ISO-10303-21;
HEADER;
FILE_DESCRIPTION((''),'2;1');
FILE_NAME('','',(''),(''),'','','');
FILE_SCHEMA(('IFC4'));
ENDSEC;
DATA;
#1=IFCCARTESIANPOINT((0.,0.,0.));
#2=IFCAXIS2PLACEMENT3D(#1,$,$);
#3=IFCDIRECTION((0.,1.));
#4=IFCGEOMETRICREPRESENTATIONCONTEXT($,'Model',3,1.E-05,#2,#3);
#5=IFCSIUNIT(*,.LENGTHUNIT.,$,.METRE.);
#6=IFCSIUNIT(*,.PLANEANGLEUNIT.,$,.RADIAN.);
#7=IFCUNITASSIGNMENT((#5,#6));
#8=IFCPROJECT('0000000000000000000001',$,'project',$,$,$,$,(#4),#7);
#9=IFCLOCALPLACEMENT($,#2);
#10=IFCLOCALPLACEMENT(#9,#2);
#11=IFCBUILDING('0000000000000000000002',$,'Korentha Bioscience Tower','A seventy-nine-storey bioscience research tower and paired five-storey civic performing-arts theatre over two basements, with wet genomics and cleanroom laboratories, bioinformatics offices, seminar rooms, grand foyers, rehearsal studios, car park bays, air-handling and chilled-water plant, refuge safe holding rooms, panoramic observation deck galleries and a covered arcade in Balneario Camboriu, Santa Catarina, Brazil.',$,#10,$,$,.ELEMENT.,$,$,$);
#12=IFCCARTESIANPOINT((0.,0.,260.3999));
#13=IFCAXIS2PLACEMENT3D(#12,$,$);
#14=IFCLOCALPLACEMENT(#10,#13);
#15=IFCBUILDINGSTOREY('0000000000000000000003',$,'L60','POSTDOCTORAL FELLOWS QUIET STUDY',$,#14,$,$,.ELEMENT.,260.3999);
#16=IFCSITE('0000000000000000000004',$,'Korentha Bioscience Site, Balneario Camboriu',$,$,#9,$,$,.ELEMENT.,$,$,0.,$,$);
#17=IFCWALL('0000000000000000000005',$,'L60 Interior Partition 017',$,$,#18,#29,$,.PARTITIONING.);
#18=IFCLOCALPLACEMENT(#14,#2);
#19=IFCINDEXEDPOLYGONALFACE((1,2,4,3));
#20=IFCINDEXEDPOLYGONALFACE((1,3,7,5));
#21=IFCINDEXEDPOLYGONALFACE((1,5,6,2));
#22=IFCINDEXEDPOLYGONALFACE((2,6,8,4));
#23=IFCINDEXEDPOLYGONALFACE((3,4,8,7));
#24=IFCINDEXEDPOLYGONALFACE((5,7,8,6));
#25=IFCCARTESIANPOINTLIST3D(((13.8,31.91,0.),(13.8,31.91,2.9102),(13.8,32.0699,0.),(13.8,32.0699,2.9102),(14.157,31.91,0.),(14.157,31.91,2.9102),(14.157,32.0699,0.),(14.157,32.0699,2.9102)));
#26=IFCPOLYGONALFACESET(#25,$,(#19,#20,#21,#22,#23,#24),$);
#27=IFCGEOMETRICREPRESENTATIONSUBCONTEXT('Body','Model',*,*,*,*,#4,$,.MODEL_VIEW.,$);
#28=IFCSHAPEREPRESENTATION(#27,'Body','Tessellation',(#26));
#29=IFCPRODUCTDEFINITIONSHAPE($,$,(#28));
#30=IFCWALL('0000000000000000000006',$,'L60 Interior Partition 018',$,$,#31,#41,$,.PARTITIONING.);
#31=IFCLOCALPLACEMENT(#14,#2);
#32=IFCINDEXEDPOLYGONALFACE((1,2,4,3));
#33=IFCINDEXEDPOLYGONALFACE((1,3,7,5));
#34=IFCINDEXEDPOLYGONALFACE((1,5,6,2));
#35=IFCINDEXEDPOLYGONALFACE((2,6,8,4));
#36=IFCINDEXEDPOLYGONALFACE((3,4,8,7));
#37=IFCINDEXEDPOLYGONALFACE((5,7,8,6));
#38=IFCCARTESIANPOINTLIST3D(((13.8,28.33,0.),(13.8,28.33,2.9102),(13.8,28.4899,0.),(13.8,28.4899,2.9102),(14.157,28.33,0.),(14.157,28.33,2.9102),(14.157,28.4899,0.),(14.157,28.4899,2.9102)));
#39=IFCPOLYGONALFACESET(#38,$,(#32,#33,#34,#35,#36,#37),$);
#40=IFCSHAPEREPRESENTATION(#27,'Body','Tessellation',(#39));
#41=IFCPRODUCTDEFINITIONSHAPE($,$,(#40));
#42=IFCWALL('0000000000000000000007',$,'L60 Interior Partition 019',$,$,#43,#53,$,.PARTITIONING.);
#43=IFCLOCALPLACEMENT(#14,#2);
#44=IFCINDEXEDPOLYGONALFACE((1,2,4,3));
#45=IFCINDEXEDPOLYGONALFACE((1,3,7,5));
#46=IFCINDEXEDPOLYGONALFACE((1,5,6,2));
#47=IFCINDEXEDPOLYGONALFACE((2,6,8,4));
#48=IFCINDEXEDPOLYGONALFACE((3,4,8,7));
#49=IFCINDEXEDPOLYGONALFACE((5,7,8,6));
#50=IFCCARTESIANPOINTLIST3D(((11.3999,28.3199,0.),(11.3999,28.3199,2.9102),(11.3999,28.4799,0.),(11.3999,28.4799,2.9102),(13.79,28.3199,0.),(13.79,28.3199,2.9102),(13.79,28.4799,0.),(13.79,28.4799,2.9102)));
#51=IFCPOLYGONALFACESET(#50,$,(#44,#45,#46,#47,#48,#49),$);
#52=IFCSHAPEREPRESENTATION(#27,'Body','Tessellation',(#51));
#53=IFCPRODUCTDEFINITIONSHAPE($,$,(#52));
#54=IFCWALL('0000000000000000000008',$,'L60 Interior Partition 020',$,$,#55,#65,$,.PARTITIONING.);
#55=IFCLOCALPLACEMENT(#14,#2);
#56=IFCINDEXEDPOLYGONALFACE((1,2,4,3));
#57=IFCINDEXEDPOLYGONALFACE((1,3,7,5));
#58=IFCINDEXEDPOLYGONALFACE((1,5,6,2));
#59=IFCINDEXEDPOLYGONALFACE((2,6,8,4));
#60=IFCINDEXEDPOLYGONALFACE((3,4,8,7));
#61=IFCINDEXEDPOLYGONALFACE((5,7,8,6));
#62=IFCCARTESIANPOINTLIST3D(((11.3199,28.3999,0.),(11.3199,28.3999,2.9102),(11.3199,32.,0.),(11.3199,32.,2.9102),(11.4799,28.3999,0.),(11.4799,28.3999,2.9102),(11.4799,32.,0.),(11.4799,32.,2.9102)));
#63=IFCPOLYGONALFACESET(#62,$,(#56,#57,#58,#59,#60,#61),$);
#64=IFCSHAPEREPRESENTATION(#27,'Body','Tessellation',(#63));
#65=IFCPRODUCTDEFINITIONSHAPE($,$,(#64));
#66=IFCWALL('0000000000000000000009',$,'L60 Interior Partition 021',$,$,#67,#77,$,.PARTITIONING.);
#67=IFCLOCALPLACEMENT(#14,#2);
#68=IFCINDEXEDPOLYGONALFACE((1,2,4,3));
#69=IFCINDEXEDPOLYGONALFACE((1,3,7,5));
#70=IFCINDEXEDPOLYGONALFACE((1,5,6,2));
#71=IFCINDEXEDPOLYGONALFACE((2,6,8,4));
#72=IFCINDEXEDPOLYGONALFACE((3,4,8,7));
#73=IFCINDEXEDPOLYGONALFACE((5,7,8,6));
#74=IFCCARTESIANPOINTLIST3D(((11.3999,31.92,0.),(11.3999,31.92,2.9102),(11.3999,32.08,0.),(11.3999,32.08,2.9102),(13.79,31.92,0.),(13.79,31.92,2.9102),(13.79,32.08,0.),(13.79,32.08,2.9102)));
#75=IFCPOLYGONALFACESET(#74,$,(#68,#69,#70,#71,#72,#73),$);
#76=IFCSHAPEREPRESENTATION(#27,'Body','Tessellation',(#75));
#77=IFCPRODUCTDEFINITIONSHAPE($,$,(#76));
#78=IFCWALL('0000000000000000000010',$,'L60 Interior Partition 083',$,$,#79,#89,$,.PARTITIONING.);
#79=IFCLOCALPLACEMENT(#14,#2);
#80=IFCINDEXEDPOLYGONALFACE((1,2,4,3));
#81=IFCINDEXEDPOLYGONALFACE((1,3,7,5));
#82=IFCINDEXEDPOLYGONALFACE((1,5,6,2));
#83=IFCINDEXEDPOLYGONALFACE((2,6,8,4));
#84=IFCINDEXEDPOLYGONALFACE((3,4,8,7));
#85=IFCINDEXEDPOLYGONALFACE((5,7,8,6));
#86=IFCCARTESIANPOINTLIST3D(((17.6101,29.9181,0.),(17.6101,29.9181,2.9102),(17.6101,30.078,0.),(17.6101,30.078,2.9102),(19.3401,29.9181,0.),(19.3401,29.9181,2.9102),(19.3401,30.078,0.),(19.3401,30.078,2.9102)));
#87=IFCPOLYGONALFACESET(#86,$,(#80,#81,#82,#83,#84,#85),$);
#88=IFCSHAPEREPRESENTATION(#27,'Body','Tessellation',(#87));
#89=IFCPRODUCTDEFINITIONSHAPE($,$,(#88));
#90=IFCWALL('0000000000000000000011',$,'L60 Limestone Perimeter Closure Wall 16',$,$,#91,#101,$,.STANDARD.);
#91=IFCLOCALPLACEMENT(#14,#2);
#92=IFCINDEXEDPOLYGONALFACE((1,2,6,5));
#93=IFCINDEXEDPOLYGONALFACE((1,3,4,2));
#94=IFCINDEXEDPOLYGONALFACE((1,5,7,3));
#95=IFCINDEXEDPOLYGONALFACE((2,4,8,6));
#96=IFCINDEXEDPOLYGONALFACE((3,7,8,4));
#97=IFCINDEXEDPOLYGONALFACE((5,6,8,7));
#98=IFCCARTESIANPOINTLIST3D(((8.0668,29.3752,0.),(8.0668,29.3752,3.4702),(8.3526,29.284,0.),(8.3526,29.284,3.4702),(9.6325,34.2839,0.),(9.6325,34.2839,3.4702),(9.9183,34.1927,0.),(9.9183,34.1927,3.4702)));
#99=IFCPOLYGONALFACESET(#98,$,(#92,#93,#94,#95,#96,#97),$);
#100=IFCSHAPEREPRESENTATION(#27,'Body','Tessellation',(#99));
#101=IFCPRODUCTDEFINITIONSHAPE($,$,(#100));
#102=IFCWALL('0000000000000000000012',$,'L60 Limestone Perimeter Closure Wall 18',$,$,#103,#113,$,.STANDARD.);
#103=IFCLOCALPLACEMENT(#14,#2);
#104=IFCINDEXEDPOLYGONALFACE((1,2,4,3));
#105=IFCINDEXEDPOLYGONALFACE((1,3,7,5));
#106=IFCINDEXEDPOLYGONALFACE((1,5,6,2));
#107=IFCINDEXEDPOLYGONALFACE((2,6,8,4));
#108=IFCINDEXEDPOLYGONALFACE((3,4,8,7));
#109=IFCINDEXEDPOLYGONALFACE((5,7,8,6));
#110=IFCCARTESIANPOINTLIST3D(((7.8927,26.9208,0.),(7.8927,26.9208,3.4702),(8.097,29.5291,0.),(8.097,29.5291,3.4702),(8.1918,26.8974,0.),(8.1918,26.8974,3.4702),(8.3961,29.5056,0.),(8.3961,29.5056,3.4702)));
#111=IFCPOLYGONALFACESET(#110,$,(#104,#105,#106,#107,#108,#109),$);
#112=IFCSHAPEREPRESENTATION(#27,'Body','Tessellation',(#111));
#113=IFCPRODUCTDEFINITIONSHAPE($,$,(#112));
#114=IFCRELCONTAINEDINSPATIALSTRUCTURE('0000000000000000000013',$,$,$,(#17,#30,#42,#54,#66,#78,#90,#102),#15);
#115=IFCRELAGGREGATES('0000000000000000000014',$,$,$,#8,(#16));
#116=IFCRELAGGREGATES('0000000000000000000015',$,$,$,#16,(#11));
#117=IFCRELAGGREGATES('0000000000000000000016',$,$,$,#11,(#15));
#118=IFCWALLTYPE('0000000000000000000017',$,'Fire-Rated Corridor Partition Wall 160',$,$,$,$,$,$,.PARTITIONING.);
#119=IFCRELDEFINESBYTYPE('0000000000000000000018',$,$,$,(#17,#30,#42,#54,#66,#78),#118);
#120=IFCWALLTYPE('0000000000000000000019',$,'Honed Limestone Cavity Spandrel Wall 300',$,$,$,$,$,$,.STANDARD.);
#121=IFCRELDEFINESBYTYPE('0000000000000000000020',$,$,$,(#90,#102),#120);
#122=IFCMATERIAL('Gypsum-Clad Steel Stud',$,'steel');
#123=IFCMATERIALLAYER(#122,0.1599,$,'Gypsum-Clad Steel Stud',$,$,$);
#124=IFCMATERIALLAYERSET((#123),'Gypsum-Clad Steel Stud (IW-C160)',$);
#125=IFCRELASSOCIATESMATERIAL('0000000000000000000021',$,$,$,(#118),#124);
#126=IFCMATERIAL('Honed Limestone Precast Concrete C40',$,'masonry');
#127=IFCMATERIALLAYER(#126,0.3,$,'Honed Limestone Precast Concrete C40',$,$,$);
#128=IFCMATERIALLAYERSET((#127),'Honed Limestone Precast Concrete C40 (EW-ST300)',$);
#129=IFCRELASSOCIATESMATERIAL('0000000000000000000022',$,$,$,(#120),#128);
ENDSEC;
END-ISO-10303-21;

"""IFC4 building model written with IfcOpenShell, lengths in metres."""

from ifc_helpers import new_model, si_unit, direction, frame, frame_2d, origin, place, context, subcontext, project, spatial, rectangle, extrude, material, layer, layer_set, type_object, element, save


model = new_model("IFC4")

# Units and contexts
model_context = context("Model", 3, precision=1e-05, world=origin(), true_north=direction((0.0, 1.0)))
body_context = subcontext(model_context, "Body", "Model", "MODEL_VIEW")
ifc_project = project(units=[si_unit("LENGTHUNIT", "METRE"), si_unit("PLANEANGLEUNIT", "RADIAN")], contexts=[model_context])

# Site, building, storey
site_placement = place(None, origin())
site = spatial("IfcSite", under=ifc_project, at=site_placement, Name="Korentha Bioscience Site, Balneario Camboriu", CompositionType="ELEMENT", RefElevation=0.0)
building_placement = place(site_placement, origin())
building = spatial("IfcBuilding", under=site, at=building_placement, Name="Korentha Bioscience Tower", Description="A seventy-nine-storey bioscience research tower and paired five-storey civic performing-arts theatre over two basements, with wet genomics and cleanroom laboratories, bioinformatics offices, seminar rooms, grand foyers, rehearsal studios, car park bays, air-handling and chilled-water plant, refuge safe holding rooms, panoramic observation deck galleries and a covered arcade in Balneario Camboriu, Santa Catarina, Brazil.", CompositionType="ELEMENT")
storey_placement = place(building_placement, frame((0.0, 0.0, 260.3999)))
storey = spatial("IfcBuildingStorey", under=building, at=storey_placement, Name="L60", Description="POSTDOCTORAL FELLOWS QUIET STUDY", CompositionType="ELEMENT", Elevation=260.3999)

# Shared definitions
ifc_material_1 = material(Name="Gypsum-Clad Steel Stud", Category="steel")
ifc_layer_1 = layer(ifc_material_1, 0.1599, Name="Gypsum-Clad Steel Stud")
ifc_layer_set_1 = layer_set([ifc_layer_1], Name="Gypsum-Clad Steel Stud (IW-C160)")
wall_type_1 = type_object("IfcWallType", Name="Fire-Rated Corridor Partition Wall 160", PredefinedType="PARTITIONING", material=ifc_layer_set_1)

# Walls
for number, where, z_axis, x_axis, name in (
    (1, (13.8, 31.99, 0.0), (0.0, 0.0, 1.0), (1.0, 0.0, 0.0), "L60 Interior Partition 017"),
    (2, (14.157, 28.4099, 0.0), (0.0, 0.0, 1.0), (-1.0, 0.0, 0.0), "L60 Interior Partition 018"),
):
    element("IfcWall", number, at=place(storey_placement, frame(where, z_axis=z_axis, x_axis=x_axis)), inside=storey, type_object=wall_type_1, Name=name, PredefinedType="PARTITIONING", context=body_context, shape_type="SweptSolid", body=[
        extrude(rectangle(XDim=0.3569, YDim=0.1599, at=frame_2d((0.1785, 0.0))), origin(), (0.0, 0.0, 1.0), 2.9102),
    ])
wall_1_placement = place(storey_placement, frame((13.79, 28.3999, 0.0), z_axis=(0.0, 0.0, 1.0), x_axis=(-1.0, 0.0, 0.0)))
element("IfcWall", 3, at=wall_1_placement, inside=storey, type_object=wall_type_1, Name="L60 Interior Partition 019", PredefinedType="PARTITIONING", context=body_context, shape_type="SweptSolid", body=[
    extrude(rectangle(XDim=2.3901, YDim=0.1599, at=frame_2d((1.1951, 0.0))), origin(), (0.0, 0.0, 1.0), 2.9102),
])
wall_2_placement = place(storey_placement, frame((11.3999, 28.3999, 0.0), z_axis=(0.0, 0.0, 1.0), x_axis=(0.0, 1.0, 0.0)))
element("IfcWall", 4, at=wall_2_placement, inside=storey, type_object=wall_type_1, Name="L60 Interior Partition 020", PredefinedType="PARTITIONING", context=body_context, shape_type="SweptSolid", body=[
    extrude(rectangle(XDim=3.6001, YDim=0.1599, at=frame_2d((1.8, 0.0))), origin(), (0.0, 0.0, 1.0), 2.9102),
])
wall_3_placement = place(storey_placement, frame((11.3999, 32.0, 0.0), z_axis=(0.0, 0.0, 1.0), x_axis=(1.0, 0.0, 0.0)))
element("IfcWall", 5, at=wall_3_placement, inside=storey, type_object=wall_type_1, Name="L60 Interior Partition 021", PredefinedType="PARTITIONING", context=body_context, shape_type="SweptSolid", body=[
    extrude(rectangle(XDim=2.3901, YDim=0.1599, at=frame_2d((1.1951, 0.0))), origin(), (0.0, 0.0, 1.0), 2.9102),
])
wall_4_placement = place(storey_placement, frame((17.6101, 29.998, 0.0), z_axis=(0.0, 0.0, 1.0), x_axis=(1.0, 0.0, 0.0)))
element("IfcWall", 6, at=wall_4_placement, inside=storey, type_object=wall_type_1, Name="L60 Interior Partition 083", PredefinedType="PARTITIONING", context=body_context, shape_type="SweptSolid", body=[
    extrude(rectangle(XDim=1.73, YDim=0.1599, at=frame_2d((0.865, 0.0))), origin(), (0.0, 0.0, 1.0), 2.9102),
])
ifc_material_2 = material(Name="Honed Limestone Precast Concrete C40", Category="masonry")
ifc_layer_2 = layer(ifc_material_2, 0.3, Name="Honed Limestone Precast Concrete C40")
ifc_layer_set_2 = layer_set([ifc_layer_2], Name="Honed Limestone Precast Concrete C40 (EW-ST300)")
wall_type_2 = type_object("IfcWallType", Name="Honed Limestone Cavity Spandrel Wall 300", PredefinedType="STANDARD", material=ifc_layer_set_2)
wall_5_placement = place(storey_placement, frame((9.7754, 34.2383, 0.0), z_axis=(0.0, 0.0, 1.0), x_axis=(-0.303876, -0.952711, 0.0)))
element("IfcWall", 7, at=wall_5_placement, inside=storey, type_object=wall_type_2, Name="L60 Limestone Perimeter Closure Wall 16", PredefinedType="STANDARD", context=body_context, shape_type="SweptSolid", body=[
    extrude(rectangle(XDim=5.1523, YDim=0.3, at=frame_2d((2.5762, 0.0))), origin(), (0.0, 0.0, 1.0), 3.4702),
])
wall_6_placement = place(storey_placement, frame((8.2466, 29.5173, 0.0), z_axis=(0.0, 0.0, 1.0), x_axis=(-0.078109, -0.996945, 0.0)))
element("IfcWall", 8, at=wall_6_placement, inside=storey, type_object=wall_type_2, Name="L60 Limestone Perimeter Closure Wall 18", PredefinedType="STANDARD", context=body_context, shape_type="SweptSolid", body=[
    extrude(rectangle(XDim=2.6162, YDim=0.3, at=frame_2d((1.3081, 0.0))), origin(), (0.0, 0.0, 1.0), 3.4702),
])

save(model, "model.ifc")
